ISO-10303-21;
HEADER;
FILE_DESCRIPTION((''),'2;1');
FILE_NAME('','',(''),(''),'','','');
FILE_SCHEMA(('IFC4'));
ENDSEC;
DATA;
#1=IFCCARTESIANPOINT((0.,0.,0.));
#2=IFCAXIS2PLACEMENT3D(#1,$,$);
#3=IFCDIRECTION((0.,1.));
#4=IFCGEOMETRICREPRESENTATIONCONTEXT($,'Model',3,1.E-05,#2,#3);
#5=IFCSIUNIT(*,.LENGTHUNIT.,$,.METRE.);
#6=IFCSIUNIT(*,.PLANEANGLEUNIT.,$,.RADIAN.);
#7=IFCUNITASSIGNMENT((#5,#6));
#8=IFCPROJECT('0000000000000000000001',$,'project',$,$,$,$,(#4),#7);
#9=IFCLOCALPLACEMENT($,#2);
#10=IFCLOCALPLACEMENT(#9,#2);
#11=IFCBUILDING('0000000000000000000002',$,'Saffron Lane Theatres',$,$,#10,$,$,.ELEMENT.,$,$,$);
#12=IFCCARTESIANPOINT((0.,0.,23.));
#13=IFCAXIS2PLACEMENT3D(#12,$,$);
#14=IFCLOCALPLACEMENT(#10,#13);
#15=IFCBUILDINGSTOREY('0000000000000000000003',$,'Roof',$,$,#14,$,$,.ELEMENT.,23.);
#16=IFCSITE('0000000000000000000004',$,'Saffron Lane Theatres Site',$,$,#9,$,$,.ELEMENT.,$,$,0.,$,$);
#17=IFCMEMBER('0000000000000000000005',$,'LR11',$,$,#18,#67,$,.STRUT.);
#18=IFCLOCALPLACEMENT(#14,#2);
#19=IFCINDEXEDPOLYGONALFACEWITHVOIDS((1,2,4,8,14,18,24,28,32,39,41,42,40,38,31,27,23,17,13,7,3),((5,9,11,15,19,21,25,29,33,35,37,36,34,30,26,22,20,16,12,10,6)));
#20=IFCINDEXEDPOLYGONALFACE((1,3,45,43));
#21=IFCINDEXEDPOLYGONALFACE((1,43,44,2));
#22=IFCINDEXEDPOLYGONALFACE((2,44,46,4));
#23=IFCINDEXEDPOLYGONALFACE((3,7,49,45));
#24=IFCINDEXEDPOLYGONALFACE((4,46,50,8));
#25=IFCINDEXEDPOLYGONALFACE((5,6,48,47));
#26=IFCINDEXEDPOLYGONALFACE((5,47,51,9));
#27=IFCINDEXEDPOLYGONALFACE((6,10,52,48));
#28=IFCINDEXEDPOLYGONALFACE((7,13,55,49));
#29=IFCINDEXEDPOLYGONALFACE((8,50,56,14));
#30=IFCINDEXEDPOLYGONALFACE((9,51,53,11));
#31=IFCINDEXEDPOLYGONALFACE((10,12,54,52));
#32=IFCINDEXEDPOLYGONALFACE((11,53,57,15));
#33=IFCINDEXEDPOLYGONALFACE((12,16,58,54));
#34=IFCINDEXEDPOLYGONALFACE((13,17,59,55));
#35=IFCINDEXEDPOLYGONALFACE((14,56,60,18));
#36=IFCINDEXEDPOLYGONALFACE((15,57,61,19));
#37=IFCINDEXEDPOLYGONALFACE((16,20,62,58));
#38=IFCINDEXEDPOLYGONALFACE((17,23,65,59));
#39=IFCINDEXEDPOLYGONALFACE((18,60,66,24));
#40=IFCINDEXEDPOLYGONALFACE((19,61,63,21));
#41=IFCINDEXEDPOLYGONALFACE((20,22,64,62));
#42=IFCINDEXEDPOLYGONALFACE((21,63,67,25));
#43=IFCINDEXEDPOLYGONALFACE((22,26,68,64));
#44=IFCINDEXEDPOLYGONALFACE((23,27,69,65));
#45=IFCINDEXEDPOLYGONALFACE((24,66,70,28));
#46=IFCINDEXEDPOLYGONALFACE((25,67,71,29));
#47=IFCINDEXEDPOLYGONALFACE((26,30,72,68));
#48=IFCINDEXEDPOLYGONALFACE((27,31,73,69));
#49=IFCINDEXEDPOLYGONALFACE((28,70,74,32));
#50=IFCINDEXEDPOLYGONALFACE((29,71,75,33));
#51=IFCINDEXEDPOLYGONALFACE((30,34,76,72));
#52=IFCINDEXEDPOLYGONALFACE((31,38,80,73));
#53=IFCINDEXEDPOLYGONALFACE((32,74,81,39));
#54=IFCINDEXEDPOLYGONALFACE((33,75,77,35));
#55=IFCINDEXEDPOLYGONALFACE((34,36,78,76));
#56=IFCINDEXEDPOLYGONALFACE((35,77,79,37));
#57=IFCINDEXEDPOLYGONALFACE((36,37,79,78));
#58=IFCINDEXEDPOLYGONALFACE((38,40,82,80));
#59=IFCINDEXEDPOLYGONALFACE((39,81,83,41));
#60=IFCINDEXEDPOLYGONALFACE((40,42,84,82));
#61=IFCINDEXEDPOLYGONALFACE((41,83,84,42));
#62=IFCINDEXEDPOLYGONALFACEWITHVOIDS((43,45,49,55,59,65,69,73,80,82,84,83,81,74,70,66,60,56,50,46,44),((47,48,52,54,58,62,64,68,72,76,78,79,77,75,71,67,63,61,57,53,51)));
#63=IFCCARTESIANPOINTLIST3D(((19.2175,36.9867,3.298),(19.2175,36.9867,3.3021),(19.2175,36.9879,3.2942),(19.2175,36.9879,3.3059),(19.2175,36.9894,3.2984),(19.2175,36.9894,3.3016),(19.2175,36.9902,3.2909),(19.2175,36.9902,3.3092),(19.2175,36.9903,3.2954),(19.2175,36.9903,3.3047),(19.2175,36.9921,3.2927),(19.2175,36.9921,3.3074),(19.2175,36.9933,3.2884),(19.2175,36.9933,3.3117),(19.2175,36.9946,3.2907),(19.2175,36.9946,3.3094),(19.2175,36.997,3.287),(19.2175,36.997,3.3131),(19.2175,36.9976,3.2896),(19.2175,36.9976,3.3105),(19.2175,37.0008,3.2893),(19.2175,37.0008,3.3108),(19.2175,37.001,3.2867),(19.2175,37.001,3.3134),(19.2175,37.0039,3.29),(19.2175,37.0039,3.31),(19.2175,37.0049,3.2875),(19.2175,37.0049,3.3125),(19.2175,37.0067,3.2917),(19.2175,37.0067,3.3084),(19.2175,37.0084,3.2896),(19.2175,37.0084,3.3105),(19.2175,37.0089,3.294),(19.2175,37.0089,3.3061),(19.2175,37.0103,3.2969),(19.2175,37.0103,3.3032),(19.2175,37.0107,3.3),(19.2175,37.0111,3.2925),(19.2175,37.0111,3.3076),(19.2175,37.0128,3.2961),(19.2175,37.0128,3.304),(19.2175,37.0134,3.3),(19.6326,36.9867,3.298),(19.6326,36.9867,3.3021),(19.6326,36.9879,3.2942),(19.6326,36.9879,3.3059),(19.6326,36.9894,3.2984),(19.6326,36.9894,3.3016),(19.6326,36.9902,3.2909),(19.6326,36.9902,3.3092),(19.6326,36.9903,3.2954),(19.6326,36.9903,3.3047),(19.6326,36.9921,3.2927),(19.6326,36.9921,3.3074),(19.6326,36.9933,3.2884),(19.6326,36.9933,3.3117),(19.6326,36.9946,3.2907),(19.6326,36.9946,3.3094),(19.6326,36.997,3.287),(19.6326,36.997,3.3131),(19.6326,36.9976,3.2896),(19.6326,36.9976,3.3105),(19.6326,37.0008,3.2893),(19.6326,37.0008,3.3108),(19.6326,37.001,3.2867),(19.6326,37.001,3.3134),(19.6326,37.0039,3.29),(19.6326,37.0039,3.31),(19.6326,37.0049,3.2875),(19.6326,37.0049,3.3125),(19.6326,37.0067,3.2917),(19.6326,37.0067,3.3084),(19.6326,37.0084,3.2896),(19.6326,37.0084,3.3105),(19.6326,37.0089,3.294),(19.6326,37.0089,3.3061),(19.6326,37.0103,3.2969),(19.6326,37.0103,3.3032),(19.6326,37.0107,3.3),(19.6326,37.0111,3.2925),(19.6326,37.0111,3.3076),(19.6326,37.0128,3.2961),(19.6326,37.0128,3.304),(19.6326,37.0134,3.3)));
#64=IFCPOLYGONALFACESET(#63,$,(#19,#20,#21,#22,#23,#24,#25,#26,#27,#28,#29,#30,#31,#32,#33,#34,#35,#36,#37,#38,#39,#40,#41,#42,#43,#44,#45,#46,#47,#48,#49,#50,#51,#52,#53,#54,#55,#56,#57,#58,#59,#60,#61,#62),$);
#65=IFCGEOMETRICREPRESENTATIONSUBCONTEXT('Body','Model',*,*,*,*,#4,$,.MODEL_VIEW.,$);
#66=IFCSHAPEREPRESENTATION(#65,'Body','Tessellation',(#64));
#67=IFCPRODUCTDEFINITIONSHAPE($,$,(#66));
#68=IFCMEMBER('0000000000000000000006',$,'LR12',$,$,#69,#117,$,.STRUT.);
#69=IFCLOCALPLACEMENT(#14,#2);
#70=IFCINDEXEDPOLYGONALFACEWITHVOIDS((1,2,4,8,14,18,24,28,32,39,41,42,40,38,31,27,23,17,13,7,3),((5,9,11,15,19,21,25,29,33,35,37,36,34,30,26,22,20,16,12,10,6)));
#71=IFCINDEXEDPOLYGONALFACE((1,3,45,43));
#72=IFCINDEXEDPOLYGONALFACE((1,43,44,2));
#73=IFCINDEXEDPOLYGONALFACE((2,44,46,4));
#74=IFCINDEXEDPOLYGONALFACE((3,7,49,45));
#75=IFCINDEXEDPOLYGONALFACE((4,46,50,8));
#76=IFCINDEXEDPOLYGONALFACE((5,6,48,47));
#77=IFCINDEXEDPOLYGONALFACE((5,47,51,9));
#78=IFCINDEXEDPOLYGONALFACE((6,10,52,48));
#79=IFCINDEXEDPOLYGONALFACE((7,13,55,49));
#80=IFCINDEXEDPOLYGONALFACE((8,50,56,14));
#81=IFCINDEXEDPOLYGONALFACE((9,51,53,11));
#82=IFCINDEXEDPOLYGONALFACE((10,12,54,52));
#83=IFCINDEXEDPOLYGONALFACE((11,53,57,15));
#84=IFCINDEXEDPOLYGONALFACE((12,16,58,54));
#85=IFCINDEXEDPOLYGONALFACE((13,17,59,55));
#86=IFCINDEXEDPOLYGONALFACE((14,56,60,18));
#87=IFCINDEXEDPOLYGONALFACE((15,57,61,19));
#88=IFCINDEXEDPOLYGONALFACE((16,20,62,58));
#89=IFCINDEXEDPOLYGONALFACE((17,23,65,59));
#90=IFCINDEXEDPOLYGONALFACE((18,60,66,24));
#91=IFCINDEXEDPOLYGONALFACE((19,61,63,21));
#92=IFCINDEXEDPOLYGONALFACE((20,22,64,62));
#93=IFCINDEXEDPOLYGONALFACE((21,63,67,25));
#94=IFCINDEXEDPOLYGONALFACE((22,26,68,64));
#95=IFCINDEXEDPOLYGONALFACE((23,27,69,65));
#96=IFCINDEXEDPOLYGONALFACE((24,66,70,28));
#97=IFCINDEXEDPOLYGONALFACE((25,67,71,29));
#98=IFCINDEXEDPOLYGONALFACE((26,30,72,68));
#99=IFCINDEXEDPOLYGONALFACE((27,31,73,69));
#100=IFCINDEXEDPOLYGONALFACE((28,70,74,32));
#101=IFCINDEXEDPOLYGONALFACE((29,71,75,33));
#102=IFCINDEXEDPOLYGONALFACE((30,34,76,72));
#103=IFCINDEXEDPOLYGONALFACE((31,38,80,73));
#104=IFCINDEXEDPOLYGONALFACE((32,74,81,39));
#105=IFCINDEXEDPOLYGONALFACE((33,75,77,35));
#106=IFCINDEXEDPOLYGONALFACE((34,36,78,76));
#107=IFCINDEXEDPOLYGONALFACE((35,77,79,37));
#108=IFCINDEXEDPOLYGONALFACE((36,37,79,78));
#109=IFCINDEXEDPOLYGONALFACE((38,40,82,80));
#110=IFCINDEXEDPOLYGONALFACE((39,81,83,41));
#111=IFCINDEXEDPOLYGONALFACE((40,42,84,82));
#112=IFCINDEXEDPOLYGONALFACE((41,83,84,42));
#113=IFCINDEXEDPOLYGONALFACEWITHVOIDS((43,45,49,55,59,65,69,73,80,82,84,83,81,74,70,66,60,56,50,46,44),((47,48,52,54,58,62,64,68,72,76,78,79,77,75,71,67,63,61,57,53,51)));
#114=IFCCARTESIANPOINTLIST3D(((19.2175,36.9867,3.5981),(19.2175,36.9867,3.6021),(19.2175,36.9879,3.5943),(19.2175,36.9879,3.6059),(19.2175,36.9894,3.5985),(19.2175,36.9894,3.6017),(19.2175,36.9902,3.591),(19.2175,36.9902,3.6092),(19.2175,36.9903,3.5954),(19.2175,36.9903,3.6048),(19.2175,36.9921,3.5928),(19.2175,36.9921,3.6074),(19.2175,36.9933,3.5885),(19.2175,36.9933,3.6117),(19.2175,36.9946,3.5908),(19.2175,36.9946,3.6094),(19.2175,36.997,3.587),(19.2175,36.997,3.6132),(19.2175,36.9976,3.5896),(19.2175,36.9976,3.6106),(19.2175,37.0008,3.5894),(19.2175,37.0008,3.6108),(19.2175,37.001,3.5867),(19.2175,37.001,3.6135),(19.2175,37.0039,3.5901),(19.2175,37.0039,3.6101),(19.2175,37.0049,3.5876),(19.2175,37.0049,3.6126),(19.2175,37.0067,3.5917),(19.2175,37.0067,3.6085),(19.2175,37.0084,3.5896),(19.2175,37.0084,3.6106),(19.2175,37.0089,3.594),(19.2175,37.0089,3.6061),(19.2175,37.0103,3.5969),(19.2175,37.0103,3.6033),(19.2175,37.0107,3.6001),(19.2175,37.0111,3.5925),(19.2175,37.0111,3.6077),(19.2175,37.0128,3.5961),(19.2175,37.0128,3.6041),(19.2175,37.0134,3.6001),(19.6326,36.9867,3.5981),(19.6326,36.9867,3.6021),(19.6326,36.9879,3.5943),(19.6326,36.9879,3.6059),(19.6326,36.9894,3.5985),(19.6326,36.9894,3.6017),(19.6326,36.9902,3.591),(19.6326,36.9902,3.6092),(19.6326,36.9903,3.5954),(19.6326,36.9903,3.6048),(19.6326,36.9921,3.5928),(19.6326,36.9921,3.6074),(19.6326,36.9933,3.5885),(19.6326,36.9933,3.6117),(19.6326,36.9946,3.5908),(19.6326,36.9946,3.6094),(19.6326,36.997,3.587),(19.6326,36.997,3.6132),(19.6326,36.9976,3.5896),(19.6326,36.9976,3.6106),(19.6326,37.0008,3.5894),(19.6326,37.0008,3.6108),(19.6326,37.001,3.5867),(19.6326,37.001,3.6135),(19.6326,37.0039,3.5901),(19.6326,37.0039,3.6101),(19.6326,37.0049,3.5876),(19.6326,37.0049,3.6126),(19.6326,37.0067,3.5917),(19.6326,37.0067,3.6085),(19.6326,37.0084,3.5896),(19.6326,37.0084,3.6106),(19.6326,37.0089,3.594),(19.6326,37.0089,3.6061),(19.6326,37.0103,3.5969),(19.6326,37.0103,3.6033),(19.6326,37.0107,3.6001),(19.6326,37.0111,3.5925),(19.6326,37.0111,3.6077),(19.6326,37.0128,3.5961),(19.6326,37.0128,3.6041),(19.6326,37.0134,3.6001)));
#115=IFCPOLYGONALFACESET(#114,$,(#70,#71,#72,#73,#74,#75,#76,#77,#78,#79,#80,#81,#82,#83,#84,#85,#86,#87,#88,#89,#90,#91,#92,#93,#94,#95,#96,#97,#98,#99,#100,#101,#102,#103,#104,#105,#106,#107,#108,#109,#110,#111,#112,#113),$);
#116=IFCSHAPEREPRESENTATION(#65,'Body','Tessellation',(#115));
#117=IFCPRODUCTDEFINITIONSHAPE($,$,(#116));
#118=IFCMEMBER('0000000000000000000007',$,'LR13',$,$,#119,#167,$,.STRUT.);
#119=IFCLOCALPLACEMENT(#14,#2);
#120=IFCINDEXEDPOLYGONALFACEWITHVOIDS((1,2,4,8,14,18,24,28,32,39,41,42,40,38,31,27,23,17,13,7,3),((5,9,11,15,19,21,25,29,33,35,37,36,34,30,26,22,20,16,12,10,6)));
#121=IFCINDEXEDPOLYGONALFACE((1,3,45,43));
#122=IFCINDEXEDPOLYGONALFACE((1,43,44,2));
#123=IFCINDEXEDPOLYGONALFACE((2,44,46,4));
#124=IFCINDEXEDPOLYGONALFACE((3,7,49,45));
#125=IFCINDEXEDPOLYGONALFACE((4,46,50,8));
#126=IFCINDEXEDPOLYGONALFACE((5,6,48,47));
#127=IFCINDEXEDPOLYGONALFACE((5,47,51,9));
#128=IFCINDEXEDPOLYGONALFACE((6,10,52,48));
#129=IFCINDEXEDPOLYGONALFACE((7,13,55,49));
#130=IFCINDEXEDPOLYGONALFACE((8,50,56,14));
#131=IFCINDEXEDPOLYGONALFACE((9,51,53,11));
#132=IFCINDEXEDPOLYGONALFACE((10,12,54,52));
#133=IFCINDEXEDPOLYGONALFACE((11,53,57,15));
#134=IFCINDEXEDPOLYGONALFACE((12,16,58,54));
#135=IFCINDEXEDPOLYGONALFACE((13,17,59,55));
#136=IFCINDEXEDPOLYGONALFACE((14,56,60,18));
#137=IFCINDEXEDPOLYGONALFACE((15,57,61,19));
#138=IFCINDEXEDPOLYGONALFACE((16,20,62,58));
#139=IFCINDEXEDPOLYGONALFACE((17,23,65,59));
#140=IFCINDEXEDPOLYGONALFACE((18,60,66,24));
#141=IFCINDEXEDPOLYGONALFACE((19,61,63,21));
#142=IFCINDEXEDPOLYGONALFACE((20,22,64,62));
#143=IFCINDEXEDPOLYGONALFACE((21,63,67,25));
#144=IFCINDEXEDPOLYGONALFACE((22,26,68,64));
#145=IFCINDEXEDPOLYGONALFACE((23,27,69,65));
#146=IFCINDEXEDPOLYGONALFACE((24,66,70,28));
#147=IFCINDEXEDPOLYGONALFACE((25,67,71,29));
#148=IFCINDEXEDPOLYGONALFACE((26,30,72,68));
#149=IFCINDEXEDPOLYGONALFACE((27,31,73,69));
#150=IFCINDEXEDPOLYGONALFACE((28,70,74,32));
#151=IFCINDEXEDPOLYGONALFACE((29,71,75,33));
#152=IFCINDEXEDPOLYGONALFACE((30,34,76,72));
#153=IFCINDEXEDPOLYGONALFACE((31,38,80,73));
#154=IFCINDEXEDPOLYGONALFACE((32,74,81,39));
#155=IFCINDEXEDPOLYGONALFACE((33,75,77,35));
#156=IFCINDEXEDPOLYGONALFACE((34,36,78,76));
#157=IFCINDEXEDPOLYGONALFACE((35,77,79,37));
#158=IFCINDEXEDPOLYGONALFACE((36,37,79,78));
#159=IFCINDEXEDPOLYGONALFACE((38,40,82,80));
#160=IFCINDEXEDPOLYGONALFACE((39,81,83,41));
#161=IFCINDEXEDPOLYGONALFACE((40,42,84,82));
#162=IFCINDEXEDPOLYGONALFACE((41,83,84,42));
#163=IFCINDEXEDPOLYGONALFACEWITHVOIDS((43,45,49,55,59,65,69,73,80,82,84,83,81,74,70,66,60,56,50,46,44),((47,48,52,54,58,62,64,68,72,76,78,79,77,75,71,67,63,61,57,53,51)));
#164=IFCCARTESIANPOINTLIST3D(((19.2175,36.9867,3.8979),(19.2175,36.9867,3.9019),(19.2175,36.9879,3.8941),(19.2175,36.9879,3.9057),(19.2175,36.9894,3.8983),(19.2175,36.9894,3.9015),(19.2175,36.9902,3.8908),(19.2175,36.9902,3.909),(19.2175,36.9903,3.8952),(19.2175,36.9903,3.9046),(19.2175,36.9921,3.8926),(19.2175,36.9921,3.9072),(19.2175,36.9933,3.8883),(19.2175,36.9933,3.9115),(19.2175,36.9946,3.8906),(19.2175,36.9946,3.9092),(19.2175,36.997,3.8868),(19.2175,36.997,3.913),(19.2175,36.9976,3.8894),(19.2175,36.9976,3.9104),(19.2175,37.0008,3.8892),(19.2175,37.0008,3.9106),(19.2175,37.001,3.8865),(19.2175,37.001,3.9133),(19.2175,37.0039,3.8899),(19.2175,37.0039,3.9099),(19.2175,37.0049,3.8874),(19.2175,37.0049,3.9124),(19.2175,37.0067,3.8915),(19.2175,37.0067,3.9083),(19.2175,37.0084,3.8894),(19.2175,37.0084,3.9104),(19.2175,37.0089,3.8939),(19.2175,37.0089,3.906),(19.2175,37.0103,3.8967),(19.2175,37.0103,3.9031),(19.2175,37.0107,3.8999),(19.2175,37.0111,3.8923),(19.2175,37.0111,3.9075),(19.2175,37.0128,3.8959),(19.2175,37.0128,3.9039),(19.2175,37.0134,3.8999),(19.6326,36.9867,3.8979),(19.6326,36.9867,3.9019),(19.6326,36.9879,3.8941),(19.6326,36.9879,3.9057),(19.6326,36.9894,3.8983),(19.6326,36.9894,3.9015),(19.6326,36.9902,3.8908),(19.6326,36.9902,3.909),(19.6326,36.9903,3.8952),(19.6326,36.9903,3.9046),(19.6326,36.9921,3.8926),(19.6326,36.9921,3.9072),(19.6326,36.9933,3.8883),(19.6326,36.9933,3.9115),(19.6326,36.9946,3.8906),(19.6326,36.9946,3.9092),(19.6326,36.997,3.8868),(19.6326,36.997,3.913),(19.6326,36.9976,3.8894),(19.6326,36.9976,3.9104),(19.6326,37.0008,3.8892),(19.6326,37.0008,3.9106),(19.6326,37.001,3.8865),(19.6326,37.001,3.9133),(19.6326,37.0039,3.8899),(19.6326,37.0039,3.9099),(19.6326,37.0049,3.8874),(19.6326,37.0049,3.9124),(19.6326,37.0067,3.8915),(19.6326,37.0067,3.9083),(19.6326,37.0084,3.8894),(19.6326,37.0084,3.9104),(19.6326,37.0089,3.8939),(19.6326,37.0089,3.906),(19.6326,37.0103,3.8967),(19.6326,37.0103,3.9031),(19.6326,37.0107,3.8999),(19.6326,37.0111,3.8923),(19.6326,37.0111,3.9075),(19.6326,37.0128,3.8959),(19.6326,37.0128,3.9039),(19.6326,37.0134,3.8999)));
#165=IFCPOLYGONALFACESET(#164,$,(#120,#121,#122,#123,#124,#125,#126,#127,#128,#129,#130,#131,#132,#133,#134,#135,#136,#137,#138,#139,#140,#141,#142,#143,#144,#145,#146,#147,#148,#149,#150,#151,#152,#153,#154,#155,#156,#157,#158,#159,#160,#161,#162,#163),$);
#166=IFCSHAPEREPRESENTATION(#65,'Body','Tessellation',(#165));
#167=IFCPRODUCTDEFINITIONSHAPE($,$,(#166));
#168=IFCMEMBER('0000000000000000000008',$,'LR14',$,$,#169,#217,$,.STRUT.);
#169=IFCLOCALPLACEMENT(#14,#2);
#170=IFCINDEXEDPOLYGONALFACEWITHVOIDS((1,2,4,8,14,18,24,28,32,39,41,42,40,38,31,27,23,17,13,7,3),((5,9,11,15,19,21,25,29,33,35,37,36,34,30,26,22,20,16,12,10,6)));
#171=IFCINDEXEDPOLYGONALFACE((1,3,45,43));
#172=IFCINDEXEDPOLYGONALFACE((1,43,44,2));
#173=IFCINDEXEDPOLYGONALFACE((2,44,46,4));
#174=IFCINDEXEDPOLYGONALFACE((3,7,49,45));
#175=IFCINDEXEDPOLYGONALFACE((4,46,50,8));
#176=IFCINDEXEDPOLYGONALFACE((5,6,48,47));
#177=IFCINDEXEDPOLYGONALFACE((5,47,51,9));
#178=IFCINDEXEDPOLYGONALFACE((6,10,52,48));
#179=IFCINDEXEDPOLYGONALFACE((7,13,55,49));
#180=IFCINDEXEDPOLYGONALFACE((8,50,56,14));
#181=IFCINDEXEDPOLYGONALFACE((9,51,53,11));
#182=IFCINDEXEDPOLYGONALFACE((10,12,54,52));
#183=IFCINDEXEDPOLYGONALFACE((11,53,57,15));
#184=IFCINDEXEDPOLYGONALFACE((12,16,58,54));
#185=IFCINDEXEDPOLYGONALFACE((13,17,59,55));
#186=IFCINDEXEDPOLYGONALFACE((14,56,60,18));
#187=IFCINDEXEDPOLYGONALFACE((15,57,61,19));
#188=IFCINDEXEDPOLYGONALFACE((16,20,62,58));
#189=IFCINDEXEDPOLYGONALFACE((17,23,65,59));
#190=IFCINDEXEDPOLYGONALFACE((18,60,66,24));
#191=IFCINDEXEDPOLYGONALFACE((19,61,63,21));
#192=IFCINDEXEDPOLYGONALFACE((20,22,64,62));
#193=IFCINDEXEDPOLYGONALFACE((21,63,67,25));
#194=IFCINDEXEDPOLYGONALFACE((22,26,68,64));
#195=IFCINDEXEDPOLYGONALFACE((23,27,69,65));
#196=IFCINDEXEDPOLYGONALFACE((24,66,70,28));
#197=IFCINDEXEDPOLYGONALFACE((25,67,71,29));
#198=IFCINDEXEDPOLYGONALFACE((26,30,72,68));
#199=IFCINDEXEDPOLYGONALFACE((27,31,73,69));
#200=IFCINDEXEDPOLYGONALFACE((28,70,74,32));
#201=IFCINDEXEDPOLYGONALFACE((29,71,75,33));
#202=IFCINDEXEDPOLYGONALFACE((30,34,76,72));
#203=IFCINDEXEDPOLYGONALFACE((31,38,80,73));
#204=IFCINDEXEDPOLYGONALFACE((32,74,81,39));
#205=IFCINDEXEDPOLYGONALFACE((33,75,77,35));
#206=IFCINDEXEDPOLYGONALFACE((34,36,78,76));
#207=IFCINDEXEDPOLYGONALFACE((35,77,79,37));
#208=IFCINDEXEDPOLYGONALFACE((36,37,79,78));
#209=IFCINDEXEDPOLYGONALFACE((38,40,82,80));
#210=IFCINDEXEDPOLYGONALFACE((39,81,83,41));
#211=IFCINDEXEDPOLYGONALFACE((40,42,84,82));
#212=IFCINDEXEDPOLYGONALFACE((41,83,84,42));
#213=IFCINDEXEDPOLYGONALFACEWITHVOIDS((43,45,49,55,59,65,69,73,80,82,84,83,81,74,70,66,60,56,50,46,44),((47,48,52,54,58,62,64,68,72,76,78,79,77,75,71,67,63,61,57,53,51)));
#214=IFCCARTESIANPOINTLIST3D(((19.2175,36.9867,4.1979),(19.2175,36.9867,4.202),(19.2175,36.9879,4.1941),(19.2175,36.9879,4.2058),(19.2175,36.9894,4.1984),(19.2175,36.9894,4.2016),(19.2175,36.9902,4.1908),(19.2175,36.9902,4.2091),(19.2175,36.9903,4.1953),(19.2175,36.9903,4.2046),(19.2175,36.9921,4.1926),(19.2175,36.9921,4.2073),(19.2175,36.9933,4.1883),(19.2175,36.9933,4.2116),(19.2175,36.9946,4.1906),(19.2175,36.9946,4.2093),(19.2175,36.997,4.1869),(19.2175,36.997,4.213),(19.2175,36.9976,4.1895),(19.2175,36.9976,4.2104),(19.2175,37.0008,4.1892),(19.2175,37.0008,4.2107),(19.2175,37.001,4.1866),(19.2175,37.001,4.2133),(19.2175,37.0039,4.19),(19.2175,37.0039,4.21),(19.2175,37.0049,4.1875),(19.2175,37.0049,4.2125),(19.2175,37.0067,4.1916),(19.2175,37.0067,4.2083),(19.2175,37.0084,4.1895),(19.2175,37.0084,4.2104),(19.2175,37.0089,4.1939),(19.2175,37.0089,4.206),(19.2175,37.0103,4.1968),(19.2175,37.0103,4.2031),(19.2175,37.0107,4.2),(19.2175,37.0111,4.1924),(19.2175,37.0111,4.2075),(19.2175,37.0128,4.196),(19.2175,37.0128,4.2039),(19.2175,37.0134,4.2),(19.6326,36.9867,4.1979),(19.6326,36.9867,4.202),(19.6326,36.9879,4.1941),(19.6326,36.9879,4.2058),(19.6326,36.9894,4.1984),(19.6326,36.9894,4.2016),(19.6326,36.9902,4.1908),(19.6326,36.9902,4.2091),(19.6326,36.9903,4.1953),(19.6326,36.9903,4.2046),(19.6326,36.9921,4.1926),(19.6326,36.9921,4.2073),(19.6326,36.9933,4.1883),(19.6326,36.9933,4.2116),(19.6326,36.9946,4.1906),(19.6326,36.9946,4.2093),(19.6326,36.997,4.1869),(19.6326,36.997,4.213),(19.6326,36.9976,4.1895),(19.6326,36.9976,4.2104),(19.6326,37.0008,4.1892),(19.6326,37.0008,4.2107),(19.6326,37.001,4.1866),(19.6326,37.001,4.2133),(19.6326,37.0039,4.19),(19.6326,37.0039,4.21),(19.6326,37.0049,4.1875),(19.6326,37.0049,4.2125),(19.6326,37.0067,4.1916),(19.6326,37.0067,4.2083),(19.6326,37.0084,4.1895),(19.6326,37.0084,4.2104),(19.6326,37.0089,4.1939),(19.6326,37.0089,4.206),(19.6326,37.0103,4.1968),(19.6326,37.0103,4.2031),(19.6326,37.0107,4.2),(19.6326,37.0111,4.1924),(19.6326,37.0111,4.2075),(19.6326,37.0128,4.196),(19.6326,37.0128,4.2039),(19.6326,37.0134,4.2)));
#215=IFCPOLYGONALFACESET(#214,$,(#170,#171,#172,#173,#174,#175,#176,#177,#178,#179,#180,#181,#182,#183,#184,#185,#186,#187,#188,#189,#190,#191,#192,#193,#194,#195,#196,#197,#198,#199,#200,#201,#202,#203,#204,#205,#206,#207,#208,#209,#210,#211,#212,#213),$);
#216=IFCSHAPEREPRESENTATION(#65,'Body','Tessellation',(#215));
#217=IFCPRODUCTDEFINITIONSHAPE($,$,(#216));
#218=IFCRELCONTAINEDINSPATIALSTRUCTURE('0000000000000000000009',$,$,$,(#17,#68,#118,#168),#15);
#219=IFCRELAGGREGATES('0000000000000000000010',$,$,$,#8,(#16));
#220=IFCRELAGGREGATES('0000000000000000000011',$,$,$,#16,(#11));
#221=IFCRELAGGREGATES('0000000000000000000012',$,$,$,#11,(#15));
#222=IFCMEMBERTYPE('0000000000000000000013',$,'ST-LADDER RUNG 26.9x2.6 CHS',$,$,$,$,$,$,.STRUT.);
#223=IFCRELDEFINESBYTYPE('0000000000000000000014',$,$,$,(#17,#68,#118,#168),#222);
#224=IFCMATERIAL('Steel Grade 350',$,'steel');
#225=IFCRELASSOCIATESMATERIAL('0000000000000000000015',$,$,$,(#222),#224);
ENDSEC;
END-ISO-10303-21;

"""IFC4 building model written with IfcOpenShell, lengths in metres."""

from ifc_helpers import new_model, si_unit, direction, frame, origin, origin_2d, place, context, subcontext, project, spatial, hollow_circle, extrude, material, material_profile, profile_set, type_object, element, save


model = new_model("IFC4")

# Units and contexts
model_context = context("Model", 3, precision=1e-05, world=origin(), true_north=direction((0.0, 1.0)))
body_context = subcontext(model_context, "Body", "Model", "MODEL_VIEW")
ifc_project = project(units=[si_unit("LENGTHUNIT", "METRE"), si_unit("PLANEANGLEUNIT", "RADIAN")], contexts=[model_context])

# Site, building, storey
site_placement = place(None, origin())
site = spatial("IfcSite", under=ifc_project, at=site_placement, Name="Saffron Lane Theatres Site", CompositionType="ELEMENT", RefElevation=0.0)
building_placement = place(site_placement, origin())
building = spatial("IfcBuilding", under=site, at=building_placement, Name="Saffron Lane Theatres", CompositionType="ELEMENT")
storey_placement = place(building_placement, frame((0.0, 0.0, 23.0)))
storey = spatial("IfcBuildingStorey", under=building, at=storey_placement, Name="Roof", CompositionType="ELEMENT", Elevation=23.0)

# Members
ifc_material_1 = material(Name="Steel Grade 350", Category="steel")
ifc_material_profile_1 = material_profile(ifc_material_1, hollow_circle(Radius=0.0134, WallThickness=0.0027, at=origin_2d()))
ifc_profile_set_1 = profile_set([ifc_material_profile_1], Name="Steel Grade 350")
member_type_1 = type_object("IfcMemberType", Name="ST-LADDER RUNG 26.9x2.6 CHS", PredefinedType="STRUT", material=ifc_profile_set_1)
for number, where, z_axis, x_axis, name in (
    (1, (19.2175, 37.0, 3.3), (1.0, 0.0, 0.0), (0.0, 1.0, 0.0), "LR11"),
    (2, (19.2175, 37.0, 3.6001), (1.0, 0.0, 0.0), (0.0, 1.0, 0.0), "LR12"),
    (3, (19.2175, 37.0, 3.8999), (1.0, 0.0, 0.0), (0.0, 1.0, 0.0), "LR13"),
    (4, (19.2175, 37.0, 4.2), (1.0, 0.0, 0.0), (0.0, 1.0, 0.0), "LR14"),
):
    element("IfcMember", number, at=place(storey_placement, frame(where, z_axis=z_axis, x_axis=x_axis)), inside=storey, type_object=member_type_1, Name=name, PredefinedType="STRUT", context=body_context, shape_type="SweptSolid", body=[
        extrude(hollow_circle(Radius=0.0134, WallThickness=0.0027, at=origin_2d()), origin(), (0.0, 0.0, 1.0), 0.415),
    ])

save(model, "model.ifc")
